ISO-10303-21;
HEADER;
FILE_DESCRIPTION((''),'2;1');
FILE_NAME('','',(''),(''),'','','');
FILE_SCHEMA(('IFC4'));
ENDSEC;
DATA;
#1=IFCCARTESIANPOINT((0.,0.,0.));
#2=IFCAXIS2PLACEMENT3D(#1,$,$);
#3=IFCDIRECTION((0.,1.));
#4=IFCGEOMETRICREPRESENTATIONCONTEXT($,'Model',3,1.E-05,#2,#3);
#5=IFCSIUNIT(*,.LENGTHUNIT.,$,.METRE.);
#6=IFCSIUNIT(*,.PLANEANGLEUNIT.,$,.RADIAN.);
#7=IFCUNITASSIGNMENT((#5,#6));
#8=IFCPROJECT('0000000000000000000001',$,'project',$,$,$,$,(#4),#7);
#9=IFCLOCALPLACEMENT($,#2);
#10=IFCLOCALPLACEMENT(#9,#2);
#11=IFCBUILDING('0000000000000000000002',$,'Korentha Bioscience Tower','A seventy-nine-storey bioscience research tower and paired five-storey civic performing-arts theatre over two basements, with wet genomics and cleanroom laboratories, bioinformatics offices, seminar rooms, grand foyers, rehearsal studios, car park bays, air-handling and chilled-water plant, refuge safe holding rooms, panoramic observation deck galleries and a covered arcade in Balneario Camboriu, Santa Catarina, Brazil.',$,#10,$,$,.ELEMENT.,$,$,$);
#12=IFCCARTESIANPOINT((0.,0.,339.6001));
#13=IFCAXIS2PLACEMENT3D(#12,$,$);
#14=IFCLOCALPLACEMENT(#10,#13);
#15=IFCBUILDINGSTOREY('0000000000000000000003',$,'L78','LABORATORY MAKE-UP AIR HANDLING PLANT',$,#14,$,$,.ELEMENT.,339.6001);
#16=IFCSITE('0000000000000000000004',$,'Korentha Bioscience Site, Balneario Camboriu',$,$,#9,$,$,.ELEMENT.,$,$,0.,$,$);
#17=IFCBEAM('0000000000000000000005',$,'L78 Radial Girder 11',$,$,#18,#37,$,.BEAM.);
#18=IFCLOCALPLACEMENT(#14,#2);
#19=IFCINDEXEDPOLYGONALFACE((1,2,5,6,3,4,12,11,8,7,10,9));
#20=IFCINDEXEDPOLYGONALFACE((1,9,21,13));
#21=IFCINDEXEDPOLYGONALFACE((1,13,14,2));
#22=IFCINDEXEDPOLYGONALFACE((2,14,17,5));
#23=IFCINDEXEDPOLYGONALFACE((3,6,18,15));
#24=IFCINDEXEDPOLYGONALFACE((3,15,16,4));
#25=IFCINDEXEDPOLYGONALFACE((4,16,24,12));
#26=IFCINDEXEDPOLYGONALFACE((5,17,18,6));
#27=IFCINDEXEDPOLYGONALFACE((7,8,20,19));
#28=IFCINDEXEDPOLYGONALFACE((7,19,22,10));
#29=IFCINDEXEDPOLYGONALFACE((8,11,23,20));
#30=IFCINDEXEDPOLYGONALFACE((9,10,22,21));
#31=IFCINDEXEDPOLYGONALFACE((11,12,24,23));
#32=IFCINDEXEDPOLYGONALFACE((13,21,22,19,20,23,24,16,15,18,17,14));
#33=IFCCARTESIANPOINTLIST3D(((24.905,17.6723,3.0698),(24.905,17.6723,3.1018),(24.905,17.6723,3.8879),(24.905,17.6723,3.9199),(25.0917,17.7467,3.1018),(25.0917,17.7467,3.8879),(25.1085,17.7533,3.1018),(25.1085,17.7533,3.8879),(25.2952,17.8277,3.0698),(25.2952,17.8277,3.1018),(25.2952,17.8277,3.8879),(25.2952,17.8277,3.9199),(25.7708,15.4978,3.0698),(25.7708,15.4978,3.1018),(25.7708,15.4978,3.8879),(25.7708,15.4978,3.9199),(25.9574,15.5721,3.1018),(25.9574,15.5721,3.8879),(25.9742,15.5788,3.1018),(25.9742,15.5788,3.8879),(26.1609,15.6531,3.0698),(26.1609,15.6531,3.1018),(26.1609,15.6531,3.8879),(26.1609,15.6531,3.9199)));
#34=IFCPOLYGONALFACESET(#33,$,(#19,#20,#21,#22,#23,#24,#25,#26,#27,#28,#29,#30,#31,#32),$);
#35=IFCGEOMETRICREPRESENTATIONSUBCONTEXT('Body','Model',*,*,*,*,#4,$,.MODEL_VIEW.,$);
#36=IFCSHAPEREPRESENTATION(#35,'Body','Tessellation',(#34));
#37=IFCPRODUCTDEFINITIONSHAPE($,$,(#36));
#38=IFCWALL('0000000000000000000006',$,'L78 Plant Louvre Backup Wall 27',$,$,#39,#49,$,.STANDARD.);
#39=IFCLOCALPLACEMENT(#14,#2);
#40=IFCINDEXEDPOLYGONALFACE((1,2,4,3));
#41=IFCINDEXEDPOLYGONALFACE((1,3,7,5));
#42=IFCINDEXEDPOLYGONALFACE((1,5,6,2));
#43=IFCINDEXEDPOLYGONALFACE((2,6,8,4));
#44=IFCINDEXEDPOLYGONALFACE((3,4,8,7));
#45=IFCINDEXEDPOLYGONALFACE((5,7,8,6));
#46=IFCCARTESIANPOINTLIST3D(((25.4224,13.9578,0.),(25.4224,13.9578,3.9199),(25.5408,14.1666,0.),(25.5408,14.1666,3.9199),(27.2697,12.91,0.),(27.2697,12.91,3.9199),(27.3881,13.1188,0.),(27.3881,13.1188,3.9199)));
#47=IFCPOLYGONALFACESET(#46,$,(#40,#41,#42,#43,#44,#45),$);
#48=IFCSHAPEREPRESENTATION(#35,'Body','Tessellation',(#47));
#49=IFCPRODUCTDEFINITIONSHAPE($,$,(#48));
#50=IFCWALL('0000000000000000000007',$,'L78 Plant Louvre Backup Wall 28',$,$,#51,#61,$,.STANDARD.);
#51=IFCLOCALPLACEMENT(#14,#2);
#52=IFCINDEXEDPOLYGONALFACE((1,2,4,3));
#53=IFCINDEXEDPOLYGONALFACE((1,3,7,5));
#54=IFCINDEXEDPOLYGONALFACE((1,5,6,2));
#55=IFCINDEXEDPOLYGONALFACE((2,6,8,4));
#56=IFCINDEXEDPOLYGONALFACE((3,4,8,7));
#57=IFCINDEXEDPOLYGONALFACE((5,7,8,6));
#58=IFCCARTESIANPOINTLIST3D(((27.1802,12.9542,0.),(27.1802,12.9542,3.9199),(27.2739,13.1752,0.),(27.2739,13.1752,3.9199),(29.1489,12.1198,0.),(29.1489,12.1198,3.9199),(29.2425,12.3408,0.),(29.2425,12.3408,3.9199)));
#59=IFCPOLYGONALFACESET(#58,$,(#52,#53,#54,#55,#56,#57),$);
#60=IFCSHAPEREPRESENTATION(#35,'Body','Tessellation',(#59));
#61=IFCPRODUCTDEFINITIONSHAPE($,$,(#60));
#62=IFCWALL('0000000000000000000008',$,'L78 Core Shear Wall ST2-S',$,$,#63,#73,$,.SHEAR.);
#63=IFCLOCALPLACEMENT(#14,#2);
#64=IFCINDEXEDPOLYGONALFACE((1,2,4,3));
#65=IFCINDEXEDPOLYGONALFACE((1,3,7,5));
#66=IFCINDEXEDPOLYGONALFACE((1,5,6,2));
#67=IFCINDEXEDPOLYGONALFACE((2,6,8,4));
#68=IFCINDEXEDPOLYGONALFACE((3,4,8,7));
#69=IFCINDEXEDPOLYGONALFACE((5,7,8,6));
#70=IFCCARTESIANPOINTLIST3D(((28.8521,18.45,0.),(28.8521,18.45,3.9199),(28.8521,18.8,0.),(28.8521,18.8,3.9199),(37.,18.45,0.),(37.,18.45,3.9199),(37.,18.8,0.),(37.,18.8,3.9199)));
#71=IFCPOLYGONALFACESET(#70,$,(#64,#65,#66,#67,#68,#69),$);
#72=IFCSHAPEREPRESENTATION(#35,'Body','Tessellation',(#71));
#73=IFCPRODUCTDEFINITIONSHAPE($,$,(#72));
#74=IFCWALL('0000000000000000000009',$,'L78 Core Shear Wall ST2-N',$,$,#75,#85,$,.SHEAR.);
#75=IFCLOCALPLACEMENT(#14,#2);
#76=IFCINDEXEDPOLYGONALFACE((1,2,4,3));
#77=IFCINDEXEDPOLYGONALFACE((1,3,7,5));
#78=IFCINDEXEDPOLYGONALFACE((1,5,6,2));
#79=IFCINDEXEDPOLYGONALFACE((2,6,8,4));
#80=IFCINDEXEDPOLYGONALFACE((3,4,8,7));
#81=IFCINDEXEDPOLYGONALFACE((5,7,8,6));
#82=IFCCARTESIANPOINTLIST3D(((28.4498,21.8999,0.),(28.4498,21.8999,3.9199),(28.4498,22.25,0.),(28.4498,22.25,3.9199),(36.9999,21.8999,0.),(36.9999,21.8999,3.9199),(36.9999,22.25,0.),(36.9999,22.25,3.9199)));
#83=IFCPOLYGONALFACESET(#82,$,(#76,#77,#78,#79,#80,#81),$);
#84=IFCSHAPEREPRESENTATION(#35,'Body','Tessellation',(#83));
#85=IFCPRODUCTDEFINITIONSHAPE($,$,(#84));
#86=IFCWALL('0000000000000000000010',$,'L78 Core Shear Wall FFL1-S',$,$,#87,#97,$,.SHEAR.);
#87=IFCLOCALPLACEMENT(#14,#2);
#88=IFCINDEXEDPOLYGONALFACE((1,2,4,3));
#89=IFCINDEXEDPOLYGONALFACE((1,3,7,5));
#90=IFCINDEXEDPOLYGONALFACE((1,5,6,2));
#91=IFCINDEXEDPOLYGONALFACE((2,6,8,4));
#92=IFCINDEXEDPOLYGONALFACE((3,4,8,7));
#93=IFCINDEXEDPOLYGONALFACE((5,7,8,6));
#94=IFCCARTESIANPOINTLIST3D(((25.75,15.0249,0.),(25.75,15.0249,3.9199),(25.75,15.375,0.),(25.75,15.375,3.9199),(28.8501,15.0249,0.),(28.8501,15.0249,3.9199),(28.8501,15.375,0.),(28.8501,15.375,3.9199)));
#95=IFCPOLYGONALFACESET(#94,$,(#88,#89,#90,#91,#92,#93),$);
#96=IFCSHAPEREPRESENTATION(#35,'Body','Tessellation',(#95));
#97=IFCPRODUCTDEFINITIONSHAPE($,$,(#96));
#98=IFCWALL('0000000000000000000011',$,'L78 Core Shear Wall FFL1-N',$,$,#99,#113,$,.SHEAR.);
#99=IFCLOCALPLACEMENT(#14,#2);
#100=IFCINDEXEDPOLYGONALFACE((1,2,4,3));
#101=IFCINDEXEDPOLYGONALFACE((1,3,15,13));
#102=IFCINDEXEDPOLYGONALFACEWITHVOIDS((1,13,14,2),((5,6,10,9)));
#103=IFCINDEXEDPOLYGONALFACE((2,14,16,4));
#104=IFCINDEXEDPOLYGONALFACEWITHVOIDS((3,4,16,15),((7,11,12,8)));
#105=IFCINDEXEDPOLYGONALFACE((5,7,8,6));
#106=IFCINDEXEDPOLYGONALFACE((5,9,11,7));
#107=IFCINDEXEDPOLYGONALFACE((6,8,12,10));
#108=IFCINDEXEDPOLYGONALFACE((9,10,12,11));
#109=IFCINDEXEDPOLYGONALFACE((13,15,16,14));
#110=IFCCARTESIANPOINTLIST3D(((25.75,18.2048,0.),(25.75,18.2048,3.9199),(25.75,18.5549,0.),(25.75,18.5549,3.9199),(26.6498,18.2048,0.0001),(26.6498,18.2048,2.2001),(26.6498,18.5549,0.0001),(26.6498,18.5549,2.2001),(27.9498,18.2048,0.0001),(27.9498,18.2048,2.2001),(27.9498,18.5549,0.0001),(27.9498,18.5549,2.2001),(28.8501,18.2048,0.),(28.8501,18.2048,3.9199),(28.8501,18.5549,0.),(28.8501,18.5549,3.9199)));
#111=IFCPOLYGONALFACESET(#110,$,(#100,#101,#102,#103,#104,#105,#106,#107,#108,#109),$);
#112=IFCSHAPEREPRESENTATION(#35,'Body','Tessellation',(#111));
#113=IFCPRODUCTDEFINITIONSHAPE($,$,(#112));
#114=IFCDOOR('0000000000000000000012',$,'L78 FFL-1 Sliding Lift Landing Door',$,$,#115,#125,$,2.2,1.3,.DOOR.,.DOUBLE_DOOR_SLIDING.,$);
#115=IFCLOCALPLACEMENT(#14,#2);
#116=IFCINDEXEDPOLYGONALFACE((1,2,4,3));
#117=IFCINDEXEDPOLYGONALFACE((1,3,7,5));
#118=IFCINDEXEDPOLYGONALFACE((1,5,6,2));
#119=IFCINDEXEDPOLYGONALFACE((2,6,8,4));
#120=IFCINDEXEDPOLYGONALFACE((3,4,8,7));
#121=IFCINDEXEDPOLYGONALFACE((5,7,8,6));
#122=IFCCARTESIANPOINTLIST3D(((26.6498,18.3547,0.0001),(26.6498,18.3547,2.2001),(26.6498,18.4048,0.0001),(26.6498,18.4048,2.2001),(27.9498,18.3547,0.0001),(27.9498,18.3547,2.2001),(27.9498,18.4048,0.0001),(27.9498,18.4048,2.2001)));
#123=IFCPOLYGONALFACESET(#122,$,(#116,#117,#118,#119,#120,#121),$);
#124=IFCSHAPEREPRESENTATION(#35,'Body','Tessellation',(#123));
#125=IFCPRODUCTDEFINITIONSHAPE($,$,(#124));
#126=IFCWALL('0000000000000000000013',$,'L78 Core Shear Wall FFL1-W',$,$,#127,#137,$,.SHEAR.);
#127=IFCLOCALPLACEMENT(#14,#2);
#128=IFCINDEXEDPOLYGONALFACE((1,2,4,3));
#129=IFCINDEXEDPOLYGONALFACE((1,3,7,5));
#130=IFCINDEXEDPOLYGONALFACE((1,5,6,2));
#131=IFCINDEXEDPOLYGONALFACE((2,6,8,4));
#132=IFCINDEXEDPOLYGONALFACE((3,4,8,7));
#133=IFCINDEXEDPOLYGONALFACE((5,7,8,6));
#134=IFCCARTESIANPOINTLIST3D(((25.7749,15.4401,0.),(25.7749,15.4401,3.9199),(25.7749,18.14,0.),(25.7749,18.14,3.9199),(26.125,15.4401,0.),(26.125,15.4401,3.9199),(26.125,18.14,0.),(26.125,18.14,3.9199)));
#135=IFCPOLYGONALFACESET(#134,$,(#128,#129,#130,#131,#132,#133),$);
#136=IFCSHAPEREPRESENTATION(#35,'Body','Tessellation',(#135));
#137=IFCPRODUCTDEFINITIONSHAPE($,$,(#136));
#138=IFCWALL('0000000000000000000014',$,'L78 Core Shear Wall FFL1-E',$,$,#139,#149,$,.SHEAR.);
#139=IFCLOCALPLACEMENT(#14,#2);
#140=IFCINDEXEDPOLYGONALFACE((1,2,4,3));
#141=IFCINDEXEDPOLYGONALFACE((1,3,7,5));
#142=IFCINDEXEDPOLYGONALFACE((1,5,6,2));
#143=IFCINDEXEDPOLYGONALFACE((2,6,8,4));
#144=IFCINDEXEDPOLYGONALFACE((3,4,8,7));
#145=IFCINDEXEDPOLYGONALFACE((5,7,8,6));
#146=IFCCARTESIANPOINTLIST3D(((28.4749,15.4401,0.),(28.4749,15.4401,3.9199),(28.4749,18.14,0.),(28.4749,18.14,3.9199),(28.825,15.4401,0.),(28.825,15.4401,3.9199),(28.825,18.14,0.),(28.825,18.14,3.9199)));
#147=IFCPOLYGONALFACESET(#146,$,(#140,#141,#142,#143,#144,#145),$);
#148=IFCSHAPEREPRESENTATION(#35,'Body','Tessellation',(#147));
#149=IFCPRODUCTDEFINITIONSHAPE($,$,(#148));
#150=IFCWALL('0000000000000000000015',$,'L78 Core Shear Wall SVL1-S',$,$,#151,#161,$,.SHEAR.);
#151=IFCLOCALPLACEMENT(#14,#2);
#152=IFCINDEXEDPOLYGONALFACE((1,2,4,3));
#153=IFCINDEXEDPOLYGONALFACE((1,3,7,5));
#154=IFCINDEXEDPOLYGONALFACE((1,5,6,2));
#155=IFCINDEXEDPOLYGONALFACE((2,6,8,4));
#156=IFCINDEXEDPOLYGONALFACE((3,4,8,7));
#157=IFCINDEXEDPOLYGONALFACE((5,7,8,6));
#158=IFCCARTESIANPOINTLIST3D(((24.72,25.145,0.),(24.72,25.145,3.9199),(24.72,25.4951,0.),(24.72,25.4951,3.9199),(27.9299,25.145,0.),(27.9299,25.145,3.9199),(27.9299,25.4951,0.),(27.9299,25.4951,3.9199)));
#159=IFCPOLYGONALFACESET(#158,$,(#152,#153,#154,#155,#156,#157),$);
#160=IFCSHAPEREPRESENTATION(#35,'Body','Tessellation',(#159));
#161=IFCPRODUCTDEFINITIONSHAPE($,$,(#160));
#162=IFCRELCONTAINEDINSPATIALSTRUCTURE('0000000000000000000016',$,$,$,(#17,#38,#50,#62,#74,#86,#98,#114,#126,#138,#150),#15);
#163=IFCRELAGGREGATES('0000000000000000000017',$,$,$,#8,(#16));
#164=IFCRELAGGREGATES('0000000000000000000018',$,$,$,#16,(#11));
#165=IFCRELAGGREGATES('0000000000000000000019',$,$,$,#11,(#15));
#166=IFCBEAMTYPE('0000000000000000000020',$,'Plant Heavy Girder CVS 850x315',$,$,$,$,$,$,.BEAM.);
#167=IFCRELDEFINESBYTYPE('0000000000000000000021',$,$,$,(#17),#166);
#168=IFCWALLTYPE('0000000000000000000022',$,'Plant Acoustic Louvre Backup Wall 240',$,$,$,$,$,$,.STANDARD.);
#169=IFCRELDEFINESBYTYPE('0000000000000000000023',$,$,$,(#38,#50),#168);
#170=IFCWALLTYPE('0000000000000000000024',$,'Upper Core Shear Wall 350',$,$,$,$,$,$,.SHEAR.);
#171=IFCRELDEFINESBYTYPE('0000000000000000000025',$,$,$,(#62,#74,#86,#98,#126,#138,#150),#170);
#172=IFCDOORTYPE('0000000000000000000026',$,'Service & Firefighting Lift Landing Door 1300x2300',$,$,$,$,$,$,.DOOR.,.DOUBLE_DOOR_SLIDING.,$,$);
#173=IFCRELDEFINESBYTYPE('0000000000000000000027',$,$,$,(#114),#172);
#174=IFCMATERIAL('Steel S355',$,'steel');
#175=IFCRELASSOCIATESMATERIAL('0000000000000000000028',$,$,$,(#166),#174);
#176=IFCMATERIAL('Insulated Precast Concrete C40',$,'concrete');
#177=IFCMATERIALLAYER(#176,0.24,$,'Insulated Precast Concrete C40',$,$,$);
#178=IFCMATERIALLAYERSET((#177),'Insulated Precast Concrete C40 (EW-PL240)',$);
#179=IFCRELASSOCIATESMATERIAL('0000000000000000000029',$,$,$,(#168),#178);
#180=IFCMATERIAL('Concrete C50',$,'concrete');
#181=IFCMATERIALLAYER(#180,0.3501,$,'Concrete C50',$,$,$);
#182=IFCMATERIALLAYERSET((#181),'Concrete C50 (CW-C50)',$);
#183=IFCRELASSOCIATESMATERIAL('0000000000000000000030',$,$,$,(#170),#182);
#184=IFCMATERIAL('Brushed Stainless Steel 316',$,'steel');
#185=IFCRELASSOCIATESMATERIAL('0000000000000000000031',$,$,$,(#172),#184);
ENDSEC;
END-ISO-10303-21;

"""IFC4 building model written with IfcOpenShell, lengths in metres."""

from ifc_helpers import new_model, si_unit, direction, frame, frame_2d, origin, origin_2d, place, context, subcontext, project, spatial, rectangle, i_section, extrude, material, layer, layer_set, material_profile, profile_set, type_object, element, fill, save


model = new_model("IFC4")

# Units and contexts
model_context = context("Model", 3, precision=1e-05, world=origin(), true_north=direction((0.0, 1.0)))
body_context = subcontext(model_context, "Body", "Model", "MODEL_VIEW")
ifc_project = project(units=[si_unit("LENGTHUNIT", "METRE"), si_unit("PLANEANGLEUNIT", "RADIAN")], contexts=[model_context])

# Site, building, storey
site_placement = place(None, origin())
site = spatial("IfcSite", under=ifc_project, at=site_placement, Name="Korentha Bioscience Site, Balneario Camboriu", CompositionType="ELEMENT", RefElevation=0.0)
building_placement = place(site_placement, origin())
building = spatial("IfcBuilding", under=site, at=building_placement, Name="Korentha Bioscience Tower", Description="A seventy-nine-storey bioscience research tower and paired five-storey civic performing-arts theatre over two basements, with wet genomics and cleanroom laboratories, bioinformatics offices, seminar rooms, grand foyers, rehearsal studios, car park bays, air-handling and chilled-water plant, refuge safe holding rooms, panoramic observation deck galleries and a covered arcade in Balneario Camboriu, Santa Catarina, Brazil.", CompositionType="ELEMENT")
storey_placement = place(building_placement, frame((0.0, 0.0, 339.6001)))
storey = spatial("IfcBuildingStorey", under=building, at=storey_placement, Name="L78", Description="LABORATORY MAKE-UP AIR HANDLING PLANT", CompositionType="ELEMENT", Elevation=339.6001)

# Shared definitions
ifc_material_1 = material(Name="Concrete C50", Category="concrete")

# Beam
ifc_material_2 = material(Name="Steel S355", Category="steel")
ifc_material_profile_1 = material_profile(ifc_material_2, i_section(OverallWidth=0.4199, OverallDepth=0.8501, WebThickness=0.0181, FlangeThickness=0.032, at=origin_2d()), Name="Steel S355")
ifc_profile_set_1 = profile_set([ifc_material_profile_1], Name="Steel S355 (MB-850)")
beam_type_1 = type_object("IfcBeamType", Name="Plant Heavy Girder CVS 850x315", PredefinedType="BEAM", material=ifc_profile_set_1)
beam_1_placement = place(storey_placement, frame((25.1001, 17.75, 3.4949), z_axis=(0.36988, -0.92908, 0.0), x_axis=(0.92908, 0.36988, 0.0)))
element("IfcBeam", 1, at=beam_1_placement, inside=storey, type_object=beam_type_1, Name="L78 Radial Girder 11", PredefinedType="BEAM", context=body_context, shape_type="SweptSolid", body=[
    extrude(i_section(OverallWidth=0.4199, OverallDepth=0.8501, WebThickness=0.0181, FlangeThickness=0.032, at=origin_2d()), origin(), (0.0, 0.0, 1.0), 2.3406),
])

# Walls
ifc_material_3 = material(Name="Insulated Precast Concrete C40", Category="concrete")
ifc_layer_1 = layer(ifc_material_3, 0.24, Name="Insulated Precast Concrete C40")
ifc_layer_set_1 = layer_set([ifc_layer_1], Name="Insulated Precast Concrete C40 (EW-PL240)")
wall_type_1 = type_object("IfcWallType", Name="Plant Acoustic Louvre Backup Wall 240", PredefinedType="STANDARD", material=ifc_layer_set_1)
wall_1_placement = place(storey_placement, frame((25.4814, 14.0623, 0.0), z_axis=(0.0, 0.0, 1.0), x_axis=(0.869823, -0.493363, 0.0)))
element("IfcWall", 2, at=wall_1_placement, inside=storey, type_object=wall_type_1, Name="L78 Plant Louvre Backup Wall 27", PredefinedType="STANDARD", context=body_context, shape_type="SweptSolid", body=[
    extrude(rectangle(XDim=2.1238, YDim=0.24, at=frame_2d((1.062, 0.0))), origin(), (0.0, 0.0, 1.0), 3.9199),
])
wall_2_placement = place(storey_placement, frame((27.2271, 13.0647, 0.0), z_axis=(0.0, 0.0, 1.0), x_axis=(0.920709, -0.390251, 0.0)))
element("IfcWall", 3, at=wall_2_placement, inside=storey, type_object=wall_type_1, Name="L78 Plant Louvre Backup Wall 28", PredefinedType="STANDARD", context=body_context, shape_type="SweptSolid", body=[
    extrude(rectangle(XDim=2.1382, YDim=0.24, at=frame_2d((1.0691, 0.0))), origin(), (0.0, 0.0, 1.0), 3.9199),
])
ifc_layer_2 = layer(ifc_material_1, 0.3501, Name="Concrete C50")
ifc_layer_set_2 = layer_set([ifc_layer_2], Name="Concrete C50 (CW-C50)")
wall_type_2 = type_object("IfcWallType", Name="Upper Core Shear Wall 350", PredefinedType="SHEAR", material=ifc_layer_set_2)
wall_3_placement = place(storey_placement, frame((28.8521, 18.625, 0.0), z_axis=(0.0, 0.0, 1.0), x_axis=(1.0, 0.0, 0.0)))
element("IfcWall", 4, at=wall_3_placement, inside=storey, type_object=wall_type_2, Name="L78 Core Shear Wall ST2-S", PredefinedType="SHEAR", context=body_context, shape_type="SweptSolid", body=[
    extrude(rectangle(XDim=8.1479, YDim=0.3501, at=frame_2d((4.074, 0.0))), origin(), (0.0, 0.0, 1.0), 3.9199),
])
wall_4_placement = place(storey_placement, frame((28.45, 22.075, 0.0), z_axis=(0.0, 0.0, 1.0), x_axis=(1.0, 0.0, 0.0)))
element("IfcWall", 5, at=wall_4_placement, inside=storey, type_object=wall_type_2, Name="L78 Core Shear Wall ST2-N", PredefinedType="SHEAR", context=body_context, shape_type="SweptSolid", body=[
    extrude(rectangle(XDim=8.55, YDim=0.3501, at=frame_2d((4.2749, 0.0))), origin(), (0.0, 0.0, 1.0), 3.9199),
])

# Wall
wall_5_placement = place(storey_placement, frame((25.75, 15.2, 0.0), z_axis=(0.0, 0.0, 1.0), x_axis=(1.0, 0.0, 0.0)))
element("IfcWall", 6, at=wall_5_placement, inside=storey, type_object=wall_type_2, Name="L78 Core Shear Wall FFL1-S", PredefinedType="SHEAR", context=body_context, shape_type="SweptSolid", body=[
    extrude(rectangle(XDim=3.1001, YDim=0.3501, at=frame_2d((1.55, 0.0))), origin(), (0.0, 0.0, 1.0), 3.9199),
])

# Wall, opening, door
wall_6_placement = place(storey_placement, frame((25.75, 18.3799, 0.0), z_axis=(0.0, 0.0, 1.0), x_axis=(1.0, 0.0, 0.0)))
wall_6 = element("IfcWall", 7, at=wall_6_placement, inside=storey, type_object=wall_type_2, Name="L78 Core Shear Wall FFL1-N", PredefinedType="SHEAR", context=body_context, shape_type="SweptSolid", body=[
    extrude(rectangle(XDim=3.1001, YDim=0.3501, at=frame_2d((1.55, 0.0))), origin(), (0.0, 0.0, 1.0), 3.9199),
])
opening_1_placement = place(wall_6_placement, frame((0.8999, 0.0, 0.0)))
opening_1 = element("IfcOpeningElement", 8, at=opening_1_placement, cuts=wall_6, PredefinedType="OPENING", context=body_context, shape_type="SweptSolid", body=[
    extrude(rectangle(XDim=1.3, YDim=2.2, at=frame_2d((0.6499, 1.1001))), frame((0.0, 0.1899, 0.0), z_axis=(0.0, -1.0, 0.0), x_axis=(1.0, 0.0, 0.0)), (0.0, 0.0, 1.0), 0.3799),
])
ifc_material_4 = material(Name="Brushed Stainless Steel 316", Category="steel")
door_type_1 = type_object("IfcDoorType", Name="Service & Firefighting Lift Landing Door 1300x2300", OperationType="DOUBLE_DOOR_SLIDING", PredefinedType="DOOR", material=ifc_material_4)
door_1_placement = place(opening_1_placement, origin())
door_1 = element("IfcDoor", 9, at=door_1_placement, inside=storey, type_object=door_type_1, Name="L78 FFL-1 Sliding Lift Landing Door", OperationType="DOUBLE_DOOR_SLIDING", OverallHeight=2.2, OverallWidth=1.3, PredefinedType="DOOR", context=body_context, shape_type="SweptSolid", body=[
    extrude(rectangle(XDim=1.3, YDim=2.2, at=frame_2d((0.6499, 1.1001))), frame((0.0, 0.0249, 0.0), z_axis=(0.0, -1.0, 0.0), x_axis=(1.0, 0.0, 0.0)), (0.0, 0.0, 1.0), 0.05),
])
fill(opening_1, door_1)

# Walls
for number, where, z_axis, x_axis, name in (
    (10, (25.95, 15.4399, 0.0), (0.0, 0.0, 1.0), (0.0, 1.0, 0.0), "L78 Core Shear Wall FFL1-W"),
    (11, (28.6499, 15.4399, 0.0), (0.0, 0.0, 1.0), (0.0, 1.0, 0.0), "L78 Core Shear Wall FFL1-E"),
):
    element("IfcWall", number, at=place(storey_placement, frame(where, z_axis=z_axis, x_axis=x_axis)), inside=storey, type_object=wall_type_2, Name=name, PredefinedType="SHEAR", context=body_context, shape_type="SweptSolid", body=[
        extrude(rectangle(XDim=2.7, YDim=0.3501, at=frame_2d((1.3501, 0.0))), origin(), (0.0, 0.0, 1.0), 3.9199),
    ])
wall_7_placement = place(storey_placement, frame((24.72, 25.3201, 0.0), z_axis=(0.0, 0.0, 1.0), x_axis=(1.0, 0.0, 0.0)))
element("IfcWall", 12, at=wall_7_placement, inside=storey, type_object=wall_type_2, Name="L78 Core Shear Wall SVL1-S", PredefinedType="SHEAR", context=body_context, shape_type="SweptSolid", body=[
    extrude(rectangle(XDim=3.21, YDim=0.3501, at=frame_2d((1.605, 0.0))), origin(), (0.0, 0.0, 1.0), 3.9199),
])

save(model, "model.ifc")
